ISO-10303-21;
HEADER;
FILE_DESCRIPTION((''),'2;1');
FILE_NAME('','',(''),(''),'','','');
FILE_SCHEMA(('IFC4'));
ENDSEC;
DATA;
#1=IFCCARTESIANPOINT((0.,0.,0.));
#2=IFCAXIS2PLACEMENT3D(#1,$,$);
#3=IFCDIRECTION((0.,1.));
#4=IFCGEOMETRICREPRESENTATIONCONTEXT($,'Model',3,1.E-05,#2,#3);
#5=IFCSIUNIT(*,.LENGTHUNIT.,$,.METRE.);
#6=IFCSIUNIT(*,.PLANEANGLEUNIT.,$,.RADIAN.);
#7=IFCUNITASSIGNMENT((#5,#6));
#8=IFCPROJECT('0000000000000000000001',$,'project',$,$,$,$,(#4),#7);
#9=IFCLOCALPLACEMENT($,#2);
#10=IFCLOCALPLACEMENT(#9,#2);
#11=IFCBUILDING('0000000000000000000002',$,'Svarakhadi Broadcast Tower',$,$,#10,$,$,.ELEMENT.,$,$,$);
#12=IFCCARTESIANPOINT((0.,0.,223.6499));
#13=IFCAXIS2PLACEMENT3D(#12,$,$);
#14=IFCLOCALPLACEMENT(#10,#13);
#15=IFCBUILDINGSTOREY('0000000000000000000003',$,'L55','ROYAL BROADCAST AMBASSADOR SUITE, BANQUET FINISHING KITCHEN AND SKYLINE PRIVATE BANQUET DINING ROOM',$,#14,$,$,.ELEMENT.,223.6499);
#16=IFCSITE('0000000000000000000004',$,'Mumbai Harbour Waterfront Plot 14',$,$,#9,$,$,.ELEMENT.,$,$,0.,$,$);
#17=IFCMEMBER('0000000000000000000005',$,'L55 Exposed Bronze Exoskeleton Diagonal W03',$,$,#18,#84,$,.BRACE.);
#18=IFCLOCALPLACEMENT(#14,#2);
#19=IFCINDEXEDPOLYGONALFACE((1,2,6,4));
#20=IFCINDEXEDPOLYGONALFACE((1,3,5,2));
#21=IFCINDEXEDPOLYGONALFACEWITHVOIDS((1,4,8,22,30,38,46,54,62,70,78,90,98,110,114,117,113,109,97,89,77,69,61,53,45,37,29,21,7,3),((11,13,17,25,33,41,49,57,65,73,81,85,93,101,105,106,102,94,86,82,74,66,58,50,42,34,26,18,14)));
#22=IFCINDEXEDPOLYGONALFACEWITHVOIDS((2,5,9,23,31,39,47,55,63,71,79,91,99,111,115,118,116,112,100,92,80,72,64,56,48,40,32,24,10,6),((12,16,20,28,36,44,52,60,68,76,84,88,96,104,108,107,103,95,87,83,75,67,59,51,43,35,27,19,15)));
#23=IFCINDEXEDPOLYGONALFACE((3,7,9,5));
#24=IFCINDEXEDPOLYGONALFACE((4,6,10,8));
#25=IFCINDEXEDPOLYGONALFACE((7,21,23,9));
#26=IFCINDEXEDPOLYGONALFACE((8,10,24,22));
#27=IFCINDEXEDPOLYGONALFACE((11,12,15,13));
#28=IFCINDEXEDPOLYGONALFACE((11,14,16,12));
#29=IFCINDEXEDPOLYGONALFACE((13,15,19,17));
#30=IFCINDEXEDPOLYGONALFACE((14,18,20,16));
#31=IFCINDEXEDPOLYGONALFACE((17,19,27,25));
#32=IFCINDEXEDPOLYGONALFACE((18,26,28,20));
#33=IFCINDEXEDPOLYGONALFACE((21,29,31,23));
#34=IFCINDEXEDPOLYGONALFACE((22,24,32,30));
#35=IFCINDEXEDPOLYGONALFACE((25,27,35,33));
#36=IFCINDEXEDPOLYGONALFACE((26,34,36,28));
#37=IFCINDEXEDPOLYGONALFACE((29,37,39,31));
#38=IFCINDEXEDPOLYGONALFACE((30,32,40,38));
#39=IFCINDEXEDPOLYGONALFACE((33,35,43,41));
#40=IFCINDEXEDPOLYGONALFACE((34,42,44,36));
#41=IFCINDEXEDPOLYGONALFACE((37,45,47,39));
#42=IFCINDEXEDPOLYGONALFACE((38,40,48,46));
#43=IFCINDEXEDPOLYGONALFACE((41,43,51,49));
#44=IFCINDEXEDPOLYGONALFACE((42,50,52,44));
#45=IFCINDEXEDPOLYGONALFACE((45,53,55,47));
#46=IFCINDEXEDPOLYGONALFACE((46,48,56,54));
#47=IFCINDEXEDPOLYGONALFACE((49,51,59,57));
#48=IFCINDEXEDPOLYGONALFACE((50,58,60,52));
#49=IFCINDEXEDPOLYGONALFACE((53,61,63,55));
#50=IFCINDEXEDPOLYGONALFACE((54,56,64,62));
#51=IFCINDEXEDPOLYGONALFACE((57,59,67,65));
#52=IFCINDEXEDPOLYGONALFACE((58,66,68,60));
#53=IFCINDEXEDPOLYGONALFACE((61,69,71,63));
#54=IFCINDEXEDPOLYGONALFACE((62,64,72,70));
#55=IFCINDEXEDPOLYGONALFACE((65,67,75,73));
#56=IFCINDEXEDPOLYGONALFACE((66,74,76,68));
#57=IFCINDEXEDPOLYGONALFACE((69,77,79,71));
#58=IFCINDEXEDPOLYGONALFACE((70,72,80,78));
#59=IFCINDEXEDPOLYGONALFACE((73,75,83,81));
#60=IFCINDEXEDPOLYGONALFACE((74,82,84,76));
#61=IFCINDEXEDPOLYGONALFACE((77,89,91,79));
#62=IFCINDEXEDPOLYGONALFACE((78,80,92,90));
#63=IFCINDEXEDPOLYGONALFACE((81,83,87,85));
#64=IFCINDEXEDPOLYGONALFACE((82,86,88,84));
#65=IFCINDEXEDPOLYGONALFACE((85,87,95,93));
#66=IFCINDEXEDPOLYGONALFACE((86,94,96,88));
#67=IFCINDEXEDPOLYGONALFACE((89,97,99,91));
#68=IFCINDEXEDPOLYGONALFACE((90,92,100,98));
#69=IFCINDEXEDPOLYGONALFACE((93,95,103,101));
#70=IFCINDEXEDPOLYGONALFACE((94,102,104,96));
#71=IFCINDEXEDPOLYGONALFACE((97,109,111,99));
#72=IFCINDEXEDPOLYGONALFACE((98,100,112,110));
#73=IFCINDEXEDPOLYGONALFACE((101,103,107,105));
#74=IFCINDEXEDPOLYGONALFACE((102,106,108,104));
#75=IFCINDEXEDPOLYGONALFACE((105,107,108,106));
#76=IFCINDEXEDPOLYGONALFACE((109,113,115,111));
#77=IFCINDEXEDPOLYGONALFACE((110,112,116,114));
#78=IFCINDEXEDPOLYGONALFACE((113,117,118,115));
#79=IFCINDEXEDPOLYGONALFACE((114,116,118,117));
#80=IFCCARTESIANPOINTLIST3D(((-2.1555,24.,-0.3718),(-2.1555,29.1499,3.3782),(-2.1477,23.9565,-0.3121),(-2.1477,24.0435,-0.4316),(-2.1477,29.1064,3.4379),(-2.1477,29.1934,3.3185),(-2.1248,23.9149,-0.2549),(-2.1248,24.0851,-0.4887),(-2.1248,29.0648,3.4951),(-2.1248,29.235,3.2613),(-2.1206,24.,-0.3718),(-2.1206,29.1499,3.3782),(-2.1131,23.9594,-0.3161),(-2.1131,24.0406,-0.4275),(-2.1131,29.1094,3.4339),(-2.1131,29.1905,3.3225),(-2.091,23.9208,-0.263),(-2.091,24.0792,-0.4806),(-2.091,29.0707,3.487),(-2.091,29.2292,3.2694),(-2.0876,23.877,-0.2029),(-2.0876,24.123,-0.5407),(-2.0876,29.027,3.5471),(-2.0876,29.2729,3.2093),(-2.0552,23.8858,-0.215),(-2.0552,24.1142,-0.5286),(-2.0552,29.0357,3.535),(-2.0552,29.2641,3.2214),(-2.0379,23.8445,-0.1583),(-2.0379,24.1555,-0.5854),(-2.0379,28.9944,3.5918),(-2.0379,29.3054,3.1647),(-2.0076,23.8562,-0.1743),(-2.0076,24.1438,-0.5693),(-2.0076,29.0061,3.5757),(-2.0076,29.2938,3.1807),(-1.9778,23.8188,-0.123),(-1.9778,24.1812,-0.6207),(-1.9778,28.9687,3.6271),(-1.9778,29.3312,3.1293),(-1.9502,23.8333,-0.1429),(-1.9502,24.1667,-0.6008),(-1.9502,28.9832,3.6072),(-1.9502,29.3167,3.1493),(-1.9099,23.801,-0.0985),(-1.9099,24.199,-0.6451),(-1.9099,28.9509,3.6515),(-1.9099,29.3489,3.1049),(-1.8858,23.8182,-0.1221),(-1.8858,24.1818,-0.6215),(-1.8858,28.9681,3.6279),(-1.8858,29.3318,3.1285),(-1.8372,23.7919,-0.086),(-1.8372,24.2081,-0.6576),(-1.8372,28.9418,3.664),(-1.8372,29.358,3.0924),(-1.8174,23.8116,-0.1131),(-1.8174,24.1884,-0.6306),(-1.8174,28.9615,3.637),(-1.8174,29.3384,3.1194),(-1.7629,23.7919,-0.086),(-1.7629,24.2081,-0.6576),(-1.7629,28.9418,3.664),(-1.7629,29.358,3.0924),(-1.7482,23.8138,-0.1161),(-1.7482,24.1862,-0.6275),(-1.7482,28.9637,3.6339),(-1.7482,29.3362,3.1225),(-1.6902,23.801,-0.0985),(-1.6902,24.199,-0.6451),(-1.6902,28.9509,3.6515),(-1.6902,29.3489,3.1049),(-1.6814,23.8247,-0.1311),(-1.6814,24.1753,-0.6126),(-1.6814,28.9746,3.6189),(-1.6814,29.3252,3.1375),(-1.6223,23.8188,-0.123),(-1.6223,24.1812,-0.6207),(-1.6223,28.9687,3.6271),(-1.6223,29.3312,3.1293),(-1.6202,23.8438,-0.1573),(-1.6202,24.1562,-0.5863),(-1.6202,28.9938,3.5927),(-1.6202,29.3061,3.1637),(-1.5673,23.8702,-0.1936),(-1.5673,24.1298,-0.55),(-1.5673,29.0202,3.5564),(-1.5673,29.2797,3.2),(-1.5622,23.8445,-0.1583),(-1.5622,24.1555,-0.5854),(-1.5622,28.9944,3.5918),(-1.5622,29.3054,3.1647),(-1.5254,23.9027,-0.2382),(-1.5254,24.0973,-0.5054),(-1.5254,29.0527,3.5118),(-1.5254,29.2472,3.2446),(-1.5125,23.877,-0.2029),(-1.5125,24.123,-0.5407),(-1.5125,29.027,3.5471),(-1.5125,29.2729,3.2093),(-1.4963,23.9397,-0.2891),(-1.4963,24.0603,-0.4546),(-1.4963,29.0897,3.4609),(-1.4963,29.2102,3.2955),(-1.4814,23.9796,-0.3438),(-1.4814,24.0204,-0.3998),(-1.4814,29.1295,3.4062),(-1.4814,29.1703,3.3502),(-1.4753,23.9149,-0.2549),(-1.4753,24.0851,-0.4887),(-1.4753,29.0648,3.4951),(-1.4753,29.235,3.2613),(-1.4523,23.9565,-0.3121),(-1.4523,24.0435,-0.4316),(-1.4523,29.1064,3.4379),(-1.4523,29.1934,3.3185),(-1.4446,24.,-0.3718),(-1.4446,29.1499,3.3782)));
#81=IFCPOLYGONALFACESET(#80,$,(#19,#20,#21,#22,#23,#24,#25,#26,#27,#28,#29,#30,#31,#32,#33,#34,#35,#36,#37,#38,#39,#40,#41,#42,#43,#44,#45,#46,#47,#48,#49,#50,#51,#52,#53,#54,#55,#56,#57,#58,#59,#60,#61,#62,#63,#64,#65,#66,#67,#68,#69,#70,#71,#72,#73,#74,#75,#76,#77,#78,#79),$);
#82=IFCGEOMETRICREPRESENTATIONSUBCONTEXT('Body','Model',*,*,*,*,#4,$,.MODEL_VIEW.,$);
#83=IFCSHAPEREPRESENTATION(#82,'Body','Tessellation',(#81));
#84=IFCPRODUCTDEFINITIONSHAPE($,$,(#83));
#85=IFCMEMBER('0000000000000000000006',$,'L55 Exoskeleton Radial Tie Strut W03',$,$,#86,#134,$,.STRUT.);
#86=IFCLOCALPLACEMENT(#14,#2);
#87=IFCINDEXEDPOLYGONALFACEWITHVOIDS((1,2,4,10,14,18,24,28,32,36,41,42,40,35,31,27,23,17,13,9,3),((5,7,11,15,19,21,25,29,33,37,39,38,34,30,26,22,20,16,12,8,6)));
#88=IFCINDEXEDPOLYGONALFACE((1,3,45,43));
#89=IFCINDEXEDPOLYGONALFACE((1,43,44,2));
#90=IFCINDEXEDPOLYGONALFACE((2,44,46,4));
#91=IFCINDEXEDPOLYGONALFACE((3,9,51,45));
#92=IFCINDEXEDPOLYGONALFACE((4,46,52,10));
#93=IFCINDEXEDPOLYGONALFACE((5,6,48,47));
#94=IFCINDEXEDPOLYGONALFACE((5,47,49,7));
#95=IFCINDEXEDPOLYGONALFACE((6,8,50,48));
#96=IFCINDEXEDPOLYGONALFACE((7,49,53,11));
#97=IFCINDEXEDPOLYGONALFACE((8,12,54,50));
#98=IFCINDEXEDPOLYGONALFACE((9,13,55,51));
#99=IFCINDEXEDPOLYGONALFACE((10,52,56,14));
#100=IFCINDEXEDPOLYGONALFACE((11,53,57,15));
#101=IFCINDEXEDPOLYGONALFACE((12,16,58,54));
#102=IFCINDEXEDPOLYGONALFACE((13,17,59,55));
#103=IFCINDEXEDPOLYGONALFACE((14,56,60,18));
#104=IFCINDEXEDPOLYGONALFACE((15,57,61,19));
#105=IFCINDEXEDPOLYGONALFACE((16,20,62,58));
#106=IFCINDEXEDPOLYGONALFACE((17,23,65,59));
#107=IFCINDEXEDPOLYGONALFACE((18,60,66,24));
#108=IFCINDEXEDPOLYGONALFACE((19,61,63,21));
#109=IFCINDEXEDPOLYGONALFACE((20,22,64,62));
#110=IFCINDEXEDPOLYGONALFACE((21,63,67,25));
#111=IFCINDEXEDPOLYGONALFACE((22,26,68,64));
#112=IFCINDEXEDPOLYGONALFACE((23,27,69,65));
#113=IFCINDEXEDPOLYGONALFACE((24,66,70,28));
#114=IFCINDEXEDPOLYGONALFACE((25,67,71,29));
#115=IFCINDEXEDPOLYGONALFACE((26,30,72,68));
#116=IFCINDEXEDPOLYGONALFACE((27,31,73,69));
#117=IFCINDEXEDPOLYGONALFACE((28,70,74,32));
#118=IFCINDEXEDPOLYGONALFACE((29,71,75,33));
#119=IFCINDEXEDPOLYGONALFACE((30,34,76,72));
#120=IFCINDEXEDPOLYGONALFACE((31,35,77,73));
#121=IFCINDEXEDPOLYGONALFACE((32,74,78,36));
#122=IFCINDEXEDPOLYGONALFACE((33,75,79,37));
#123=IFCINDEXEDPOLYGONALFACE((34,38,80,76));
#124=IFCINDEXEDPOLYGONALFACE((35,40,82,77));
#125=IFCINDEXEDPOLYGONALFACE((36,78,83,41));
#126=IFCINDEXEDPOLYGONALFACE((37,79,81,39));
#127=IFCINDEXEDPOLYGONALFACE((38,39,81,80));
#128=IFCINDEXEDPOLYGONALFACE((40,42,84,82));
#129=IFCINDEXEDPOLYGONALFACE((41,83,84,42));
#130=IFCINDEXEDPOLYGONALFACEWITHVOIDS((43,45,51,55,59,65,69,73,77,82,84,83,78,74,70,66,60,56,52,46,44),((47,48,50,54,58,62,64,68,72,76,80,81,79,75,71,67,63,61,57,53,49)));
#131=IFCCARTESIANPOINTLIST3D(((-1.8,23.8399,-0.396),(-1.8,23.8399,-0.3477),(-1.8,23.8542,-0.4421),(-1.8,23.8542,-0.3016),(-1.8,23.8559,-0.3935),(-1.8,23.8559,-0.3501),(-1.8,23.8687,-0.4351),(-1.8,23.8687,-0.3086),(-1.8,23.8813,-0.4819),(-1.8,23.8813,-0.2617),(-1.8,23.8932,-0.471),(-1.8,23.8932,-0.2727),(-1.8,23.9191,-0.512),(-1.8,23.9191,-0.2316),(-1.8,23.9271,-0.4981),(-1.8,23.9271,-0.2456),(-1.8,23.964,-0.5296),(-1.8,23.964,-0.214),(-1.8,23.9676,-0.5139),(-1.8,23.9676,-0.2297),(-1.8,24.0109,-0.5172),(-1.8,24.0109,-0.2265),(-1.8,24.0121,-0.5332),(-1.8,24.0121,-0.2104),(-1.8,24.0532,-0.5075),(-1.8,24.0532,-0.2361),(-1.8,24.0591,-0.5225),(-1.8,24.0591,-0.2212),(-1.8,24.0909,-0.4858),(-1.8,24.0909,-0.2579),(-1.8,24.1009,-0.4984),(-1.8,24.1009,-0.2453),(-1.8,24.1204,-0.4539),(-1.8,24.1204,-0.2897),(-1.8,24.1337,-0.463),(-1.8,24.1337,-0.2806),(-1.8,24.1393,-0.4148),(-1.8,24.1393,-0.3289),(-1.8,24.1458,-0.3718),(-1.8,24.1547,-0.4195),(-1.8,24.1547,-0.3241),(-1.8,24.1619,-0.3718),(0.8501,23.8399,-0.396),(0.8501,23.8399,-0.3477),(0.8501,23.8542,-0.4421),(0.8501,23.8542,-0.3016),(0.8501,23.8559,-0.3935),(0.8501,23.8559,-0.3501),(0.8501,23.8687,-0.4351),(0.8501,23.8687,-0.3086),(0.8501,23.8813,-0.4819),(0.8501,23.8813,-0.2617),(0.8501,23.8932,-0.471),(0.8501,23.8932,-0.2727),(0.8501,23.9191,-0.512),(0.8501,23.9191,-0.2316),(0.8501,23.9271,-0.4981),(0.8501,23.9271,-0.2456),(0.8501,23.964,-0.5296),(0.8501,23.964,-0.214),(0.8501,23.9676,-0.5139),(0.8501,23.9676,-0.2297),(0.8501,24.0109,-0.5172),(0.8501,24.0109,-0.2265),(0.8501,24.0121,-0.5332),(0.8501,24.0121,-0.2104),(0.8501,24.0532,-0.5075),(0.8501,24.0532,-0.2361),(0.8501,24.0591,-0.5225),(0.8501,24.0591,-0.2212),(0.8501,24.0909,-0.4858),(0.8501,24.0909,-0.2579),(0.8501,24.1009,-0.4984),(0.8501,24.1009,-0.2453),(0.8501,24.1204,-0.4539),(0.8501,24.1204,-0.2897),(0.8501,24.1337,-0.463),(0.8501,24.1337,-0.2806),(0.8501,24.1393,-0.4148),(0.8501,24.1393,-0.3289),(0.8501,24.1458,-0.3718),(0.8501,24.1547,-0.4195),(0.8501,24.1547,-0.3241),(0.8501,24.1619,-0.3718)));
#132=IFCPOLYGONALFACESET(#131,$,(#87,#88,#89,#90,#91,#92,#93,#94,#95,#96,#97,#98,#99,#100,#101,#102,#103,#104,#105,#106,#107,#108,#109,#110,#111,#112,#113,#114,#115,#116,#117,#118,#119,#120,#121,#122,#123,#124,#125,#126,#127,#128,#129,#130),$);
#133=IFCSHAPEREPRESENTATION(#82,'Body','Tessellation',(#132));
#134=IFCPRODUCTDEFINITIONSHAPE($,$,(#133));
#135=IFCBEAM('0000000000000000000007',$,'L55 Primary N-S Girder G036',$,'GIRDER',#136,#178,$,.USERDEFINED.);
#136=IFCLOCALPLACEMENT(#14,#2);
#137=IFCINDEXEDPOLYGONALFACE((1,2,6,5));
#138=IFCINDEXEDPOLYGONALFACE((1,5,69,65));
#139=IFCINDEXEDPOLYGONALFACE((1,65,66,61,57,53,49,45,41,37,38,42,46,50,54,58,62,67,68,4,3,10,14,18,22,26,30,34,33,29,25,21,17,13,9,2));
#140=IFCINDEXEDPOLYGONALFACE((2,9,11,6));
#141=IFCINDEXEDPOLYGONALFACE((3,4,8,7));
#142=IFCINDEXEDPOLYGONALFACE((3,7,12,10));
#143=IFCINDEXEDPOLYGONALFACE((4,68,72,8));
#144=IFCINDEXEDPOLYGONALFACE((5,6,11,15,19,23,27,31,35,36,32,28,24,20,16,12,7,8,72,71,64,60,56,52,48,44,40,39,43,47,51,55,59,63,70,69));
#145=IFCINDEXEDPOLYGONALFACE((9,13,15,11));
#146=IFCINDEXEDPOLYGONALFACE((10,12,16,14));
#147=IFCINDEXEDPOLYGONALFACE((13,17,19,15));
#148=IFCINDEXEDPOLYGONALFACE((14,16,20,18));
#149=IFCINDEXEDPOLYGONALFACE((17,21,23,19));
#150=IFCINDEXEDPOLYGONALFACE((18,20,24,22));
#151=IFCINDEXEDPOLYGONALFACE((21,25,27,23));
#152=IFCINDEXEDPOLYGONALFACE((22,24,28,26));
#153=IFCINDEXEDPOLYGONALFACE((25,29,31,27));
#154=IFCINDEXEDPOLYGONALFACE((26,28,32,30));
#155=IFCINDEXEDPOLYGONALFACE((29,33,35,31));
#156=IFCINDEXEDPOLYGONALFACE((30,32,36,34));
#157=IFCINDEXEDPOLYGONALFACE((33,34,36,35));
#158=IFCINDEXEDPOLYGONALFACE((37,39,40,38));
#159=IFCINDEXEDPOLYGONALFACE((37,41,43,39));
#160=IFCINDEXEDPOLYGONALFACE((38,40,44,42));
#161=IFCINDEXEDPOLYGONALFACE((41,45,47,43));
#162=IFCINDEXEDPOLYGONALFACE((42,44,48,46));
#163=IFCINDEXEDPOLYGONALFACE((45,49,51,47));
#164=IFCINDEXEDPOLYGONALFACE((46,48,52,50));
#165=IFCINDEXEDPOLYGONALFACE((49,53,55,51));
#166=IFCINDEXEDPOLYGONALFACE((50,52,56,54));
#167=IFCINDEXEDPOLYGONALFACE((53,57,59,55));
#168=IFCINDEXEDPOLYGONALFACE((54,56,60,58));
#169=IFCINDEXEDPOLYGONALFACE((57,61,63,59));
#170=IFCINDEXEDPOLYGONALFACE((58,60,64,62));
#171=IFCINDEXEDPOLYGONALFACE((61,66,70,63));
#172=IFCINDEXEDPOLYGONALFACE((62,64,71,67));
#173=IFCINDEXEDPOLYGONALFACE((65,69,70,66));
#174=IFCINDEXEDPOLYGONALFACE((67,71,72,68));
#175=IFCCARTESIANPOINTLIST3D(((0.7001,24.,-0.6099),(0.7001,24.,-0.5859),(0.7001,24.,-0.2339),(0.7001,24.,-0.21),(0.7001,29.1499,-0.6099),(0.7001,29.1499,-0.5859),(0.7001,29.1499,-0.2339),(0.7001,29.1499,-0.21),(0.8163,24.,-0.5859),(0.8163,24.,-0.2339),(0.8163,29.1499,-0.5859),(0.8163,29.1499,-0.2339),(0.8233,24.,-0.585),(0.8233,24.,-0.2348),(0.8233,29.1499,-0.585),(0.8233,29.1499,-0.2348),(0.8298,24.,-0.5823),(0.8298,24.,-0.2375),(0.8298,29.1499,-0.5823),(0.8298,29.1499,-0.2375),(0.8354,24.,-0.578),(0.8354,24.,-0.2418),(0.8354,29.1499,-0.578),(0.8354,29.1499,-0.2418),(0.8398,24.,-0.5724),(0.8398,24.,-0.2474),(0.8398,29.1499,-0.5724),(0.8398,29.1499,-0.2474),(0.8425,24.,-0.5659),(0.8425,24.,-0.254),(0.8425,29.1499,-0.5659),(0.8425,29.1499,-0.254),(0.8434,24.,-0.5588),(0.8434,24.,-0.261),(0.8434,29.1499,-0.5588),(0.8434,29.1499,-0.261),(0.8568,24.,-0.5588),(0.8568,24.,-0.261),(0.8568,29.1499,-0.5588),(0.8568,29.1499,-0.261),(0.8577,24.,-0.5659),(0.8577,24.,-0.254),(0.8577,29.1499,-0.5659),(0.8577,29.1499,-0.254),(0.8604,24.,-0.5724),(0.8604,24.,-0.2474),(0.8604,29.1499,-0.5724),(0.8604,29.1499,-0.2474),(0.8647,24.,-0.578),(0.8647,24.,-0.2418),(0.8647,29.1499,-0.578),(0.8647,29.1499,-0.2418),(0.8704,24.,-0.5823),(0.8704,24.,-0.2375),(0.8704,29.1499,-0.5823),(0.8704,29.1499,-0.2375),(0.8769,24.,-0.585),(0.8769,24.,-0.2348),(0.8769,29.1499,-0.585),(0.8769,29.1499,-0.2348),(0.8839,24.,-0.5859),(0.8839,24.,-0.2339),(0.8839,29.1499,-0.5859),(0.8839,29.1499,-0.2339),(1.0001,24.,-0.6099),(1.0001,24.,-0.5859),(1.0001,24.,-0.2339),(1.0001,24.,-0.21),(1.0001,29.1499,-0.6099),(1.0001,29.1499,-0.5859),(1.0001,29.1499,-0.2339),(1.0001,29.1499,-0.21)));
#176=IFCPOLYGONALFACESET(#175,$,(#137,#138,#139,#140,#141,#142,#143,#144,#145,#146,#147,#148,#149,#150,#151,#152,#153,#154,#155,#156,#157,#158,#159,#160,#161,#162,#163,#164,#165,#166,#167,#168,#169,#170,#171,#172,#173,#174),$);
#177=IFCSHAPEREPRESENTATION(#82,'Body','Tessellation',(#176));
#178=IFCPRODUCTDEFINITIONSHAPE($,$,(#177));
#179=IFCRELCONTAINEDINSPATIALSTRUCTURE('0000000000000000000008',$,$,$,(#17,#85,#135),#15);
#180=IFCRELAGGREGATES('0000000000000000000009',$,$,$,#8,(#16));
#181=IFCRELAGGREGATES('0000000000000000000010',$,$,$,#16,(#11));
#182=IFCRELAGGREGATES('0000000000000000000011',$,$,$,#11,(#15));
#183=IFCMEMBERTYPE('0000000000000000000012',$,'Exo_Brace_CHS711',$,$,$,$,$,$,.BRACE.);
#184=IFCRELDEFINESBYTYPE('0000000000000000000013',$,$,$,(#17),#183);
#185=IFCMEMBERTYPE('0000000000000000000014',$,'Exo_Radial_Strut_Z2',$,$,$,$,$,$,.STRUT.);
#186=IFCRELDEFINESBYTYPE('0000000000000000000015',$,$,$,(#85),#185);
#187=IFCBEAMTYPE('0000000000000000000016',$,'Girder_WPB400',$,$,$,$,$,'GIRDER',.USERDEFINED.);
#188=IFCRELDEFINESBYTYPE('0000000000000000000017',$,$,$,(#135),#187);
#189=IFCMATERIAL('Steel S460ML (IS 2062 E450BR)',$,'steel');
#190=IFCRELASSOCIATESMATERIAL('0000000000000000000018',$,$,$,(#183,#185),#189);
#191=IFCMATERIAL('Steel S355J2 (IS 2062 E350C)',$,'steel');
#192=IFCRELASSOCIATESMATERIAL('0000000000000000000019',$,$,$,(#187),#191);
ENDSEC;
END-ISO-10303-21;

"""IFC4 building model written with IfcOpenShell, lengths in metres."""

from ifc_helpers import new_model, si_unit, direction, frame, origin, origin_2d, place, context, subcontext, project, spatial, hollow_circle, i_section, extrude, material, material_profile, profile_set, type_object, element, save


model = new_model("IFC4")

# Units and contexts
model_context = context("Model", 3, precision=1e-05, world=origin(), true_north=direction((0.0, 1.0)))
body_context = subcontext(model_context, "Body", "Model", "MODEL_VIEW")
ifc_project = project(units=[si_unit("LENGTHUNIT", "METRE"), si_unit("PLANEANGLEUNIT", "RADIAN")], contexts=[model_context])

# Site, building, storey
site_placement = place(None, origin())
site = spatial("IfcSite", under=ifc_project, at=site_placement, Name="Mumbai Harbour Waterfront Plot 14", CompositionType="ELEMENT", RefElevation=0.0)
building_placement = place(site_placement, origin())
building = spatial("IfcBuilding", under=site, at=building_placement, Name="Svarakhadi Broadcast Tower", CompositionType="ELEMENT")
storey_placement = place(building_placement, frame((0.0, 0.0, 223.6499)))
storey = spatial("IfcBuildingStorey", under=building, at=storey_placement, Name="L55", Description="ROYAL BROADCAST AMBASSADOR SUITE, BANQUET FINISHING KITCHEN AND SKYLINE PRIVATE BANQUET DINING ROOM", CompositionType="ELEMENT", Elevation=223.6499)

# Shared definitions
ifc_material_1 = material(Name="Steel S355J2 (IS 2062 E350C)", Category="steel")

# Members
ifc_material_2 = material(Name="Steel S460ML (IS 2062 E450BR)", Category="steel")
ifc_material_profile_1 = material_profile(ifc_material_2, hollow_circle(Radius=0.3555, WallThickness=0.0349, at=origin_2d()), Name="CHS 711x35")
ifc_profile_set_1 = profile_set([ifc_material_profile_1], Name="Steel S460ML (IS 2062 E450BR)")
member_type_1 = type_object("IfcMemberType", Name="Exo_Brace_CHS711", PredefinedType="BRACE", material=ifc_profile_set_1)
member_1_placement = place(storey_placement, frame((-1.8, 24.0, -0.3718), z_axis=(0.0, 0.808391, 0.588646), x_axis=(-1.0, 0.0, 0.0)))
element("IfcMember", 1, at=member_1_placement, inside=storey, type_object=member_type_1, Name="L55 Exposed Bronze Exoskeleton Diagonal W03", PredefinedType="BRACE", context=body_context, shape_type="SweptSolid", body=[
    extrude(hollow_circle(Radius=0.3555, WallThickness=0.0349, at=origin_2d()), origin(), (0.0, 0.0, 1.0), 6.3706),
])
ifc_material_profile_2 = material_profile(ifc_material_2, hollow_circle(Radius=0.1619, WallThickness=0.0161, at=origin_2d()), Name="CHS 323.9x16")
ifc_profile_set_2 = profile_set([ifc_material_profile_2], Name="Steel S460ML (IS 2062 E450BR)")
member_type_2 = type_object("IfcMemberType", Name="Exo_Radial_Strut_Z2", PredefinedType="STRUT", material=ifc_profile_set_2)
member_2_placement = place(storey_placement, frame((-1.8, 24.0, -0.3718), z_axis=(1.0, 0.0, 0.0), x_axis=(0.0, 1.0, 0.0)))
element("IfcMember", 2, at=member_2_placement, inside=storey, type_object=member_type_2, Name="L55 Exoskeleton Radial Tie Strut W03", PredefinedType="STRUT", context=body_context, shape_type="SweptSolid", body=[
    extrude(hollow_circle(Radius=0.1619, WallThickness=0.0161, at=origin_2d()), origin(), (0.0, 0.0, 1.0), 2.6501),
])

# Beam
ifc_material_profile_3 = material_profile(ifc_material_1, i_section(OverallWidth=0.3, OverallDepth=0.3999, WebThickness=0.0134, FlangeThickness=0.0239, FilletRadius=0.0271, at=origin_2d()), Name="WPB 400x300x155")
ifc_profile_set_3 = profile_set([ifc_material_profile_3], Name="Steel S355J2 (IS 2062 E350C)")
beam_type_1 = type_object("IfcBeamType", Name="Girder_WPB400", ElementType="GIRDER", PredefinedType="USERDEFINED", material=ifc_profile_set_3)
beam_1_placement = place(storey_placement, frame((0.8501, 24.0, -0.4099), z_axis=(0.0, 1.0, 0.0), x_axis=(-1.0, 0.0, 0.0)))
element("IfcBeam", 3, at=beam_1_placement, inside=storey, type_object=beam_type_1, Name="L55 Primary N-S Girder G036", ObjectType="GIRDER", PredefinedType="USERDEFINED", context=body_context, shape_type="SweptSolid", body=[
    extrude(i_section(OverallWidth=0.3, OverallDepth=0.3999, WebThickness=0.0134, FlangeThickness=0.0239, FilletRadius=0.0271, at=origin_2d()), origin(), (0.0, 0.0, 1.0), 5.1499),
])

save(model, "model.ifc")
